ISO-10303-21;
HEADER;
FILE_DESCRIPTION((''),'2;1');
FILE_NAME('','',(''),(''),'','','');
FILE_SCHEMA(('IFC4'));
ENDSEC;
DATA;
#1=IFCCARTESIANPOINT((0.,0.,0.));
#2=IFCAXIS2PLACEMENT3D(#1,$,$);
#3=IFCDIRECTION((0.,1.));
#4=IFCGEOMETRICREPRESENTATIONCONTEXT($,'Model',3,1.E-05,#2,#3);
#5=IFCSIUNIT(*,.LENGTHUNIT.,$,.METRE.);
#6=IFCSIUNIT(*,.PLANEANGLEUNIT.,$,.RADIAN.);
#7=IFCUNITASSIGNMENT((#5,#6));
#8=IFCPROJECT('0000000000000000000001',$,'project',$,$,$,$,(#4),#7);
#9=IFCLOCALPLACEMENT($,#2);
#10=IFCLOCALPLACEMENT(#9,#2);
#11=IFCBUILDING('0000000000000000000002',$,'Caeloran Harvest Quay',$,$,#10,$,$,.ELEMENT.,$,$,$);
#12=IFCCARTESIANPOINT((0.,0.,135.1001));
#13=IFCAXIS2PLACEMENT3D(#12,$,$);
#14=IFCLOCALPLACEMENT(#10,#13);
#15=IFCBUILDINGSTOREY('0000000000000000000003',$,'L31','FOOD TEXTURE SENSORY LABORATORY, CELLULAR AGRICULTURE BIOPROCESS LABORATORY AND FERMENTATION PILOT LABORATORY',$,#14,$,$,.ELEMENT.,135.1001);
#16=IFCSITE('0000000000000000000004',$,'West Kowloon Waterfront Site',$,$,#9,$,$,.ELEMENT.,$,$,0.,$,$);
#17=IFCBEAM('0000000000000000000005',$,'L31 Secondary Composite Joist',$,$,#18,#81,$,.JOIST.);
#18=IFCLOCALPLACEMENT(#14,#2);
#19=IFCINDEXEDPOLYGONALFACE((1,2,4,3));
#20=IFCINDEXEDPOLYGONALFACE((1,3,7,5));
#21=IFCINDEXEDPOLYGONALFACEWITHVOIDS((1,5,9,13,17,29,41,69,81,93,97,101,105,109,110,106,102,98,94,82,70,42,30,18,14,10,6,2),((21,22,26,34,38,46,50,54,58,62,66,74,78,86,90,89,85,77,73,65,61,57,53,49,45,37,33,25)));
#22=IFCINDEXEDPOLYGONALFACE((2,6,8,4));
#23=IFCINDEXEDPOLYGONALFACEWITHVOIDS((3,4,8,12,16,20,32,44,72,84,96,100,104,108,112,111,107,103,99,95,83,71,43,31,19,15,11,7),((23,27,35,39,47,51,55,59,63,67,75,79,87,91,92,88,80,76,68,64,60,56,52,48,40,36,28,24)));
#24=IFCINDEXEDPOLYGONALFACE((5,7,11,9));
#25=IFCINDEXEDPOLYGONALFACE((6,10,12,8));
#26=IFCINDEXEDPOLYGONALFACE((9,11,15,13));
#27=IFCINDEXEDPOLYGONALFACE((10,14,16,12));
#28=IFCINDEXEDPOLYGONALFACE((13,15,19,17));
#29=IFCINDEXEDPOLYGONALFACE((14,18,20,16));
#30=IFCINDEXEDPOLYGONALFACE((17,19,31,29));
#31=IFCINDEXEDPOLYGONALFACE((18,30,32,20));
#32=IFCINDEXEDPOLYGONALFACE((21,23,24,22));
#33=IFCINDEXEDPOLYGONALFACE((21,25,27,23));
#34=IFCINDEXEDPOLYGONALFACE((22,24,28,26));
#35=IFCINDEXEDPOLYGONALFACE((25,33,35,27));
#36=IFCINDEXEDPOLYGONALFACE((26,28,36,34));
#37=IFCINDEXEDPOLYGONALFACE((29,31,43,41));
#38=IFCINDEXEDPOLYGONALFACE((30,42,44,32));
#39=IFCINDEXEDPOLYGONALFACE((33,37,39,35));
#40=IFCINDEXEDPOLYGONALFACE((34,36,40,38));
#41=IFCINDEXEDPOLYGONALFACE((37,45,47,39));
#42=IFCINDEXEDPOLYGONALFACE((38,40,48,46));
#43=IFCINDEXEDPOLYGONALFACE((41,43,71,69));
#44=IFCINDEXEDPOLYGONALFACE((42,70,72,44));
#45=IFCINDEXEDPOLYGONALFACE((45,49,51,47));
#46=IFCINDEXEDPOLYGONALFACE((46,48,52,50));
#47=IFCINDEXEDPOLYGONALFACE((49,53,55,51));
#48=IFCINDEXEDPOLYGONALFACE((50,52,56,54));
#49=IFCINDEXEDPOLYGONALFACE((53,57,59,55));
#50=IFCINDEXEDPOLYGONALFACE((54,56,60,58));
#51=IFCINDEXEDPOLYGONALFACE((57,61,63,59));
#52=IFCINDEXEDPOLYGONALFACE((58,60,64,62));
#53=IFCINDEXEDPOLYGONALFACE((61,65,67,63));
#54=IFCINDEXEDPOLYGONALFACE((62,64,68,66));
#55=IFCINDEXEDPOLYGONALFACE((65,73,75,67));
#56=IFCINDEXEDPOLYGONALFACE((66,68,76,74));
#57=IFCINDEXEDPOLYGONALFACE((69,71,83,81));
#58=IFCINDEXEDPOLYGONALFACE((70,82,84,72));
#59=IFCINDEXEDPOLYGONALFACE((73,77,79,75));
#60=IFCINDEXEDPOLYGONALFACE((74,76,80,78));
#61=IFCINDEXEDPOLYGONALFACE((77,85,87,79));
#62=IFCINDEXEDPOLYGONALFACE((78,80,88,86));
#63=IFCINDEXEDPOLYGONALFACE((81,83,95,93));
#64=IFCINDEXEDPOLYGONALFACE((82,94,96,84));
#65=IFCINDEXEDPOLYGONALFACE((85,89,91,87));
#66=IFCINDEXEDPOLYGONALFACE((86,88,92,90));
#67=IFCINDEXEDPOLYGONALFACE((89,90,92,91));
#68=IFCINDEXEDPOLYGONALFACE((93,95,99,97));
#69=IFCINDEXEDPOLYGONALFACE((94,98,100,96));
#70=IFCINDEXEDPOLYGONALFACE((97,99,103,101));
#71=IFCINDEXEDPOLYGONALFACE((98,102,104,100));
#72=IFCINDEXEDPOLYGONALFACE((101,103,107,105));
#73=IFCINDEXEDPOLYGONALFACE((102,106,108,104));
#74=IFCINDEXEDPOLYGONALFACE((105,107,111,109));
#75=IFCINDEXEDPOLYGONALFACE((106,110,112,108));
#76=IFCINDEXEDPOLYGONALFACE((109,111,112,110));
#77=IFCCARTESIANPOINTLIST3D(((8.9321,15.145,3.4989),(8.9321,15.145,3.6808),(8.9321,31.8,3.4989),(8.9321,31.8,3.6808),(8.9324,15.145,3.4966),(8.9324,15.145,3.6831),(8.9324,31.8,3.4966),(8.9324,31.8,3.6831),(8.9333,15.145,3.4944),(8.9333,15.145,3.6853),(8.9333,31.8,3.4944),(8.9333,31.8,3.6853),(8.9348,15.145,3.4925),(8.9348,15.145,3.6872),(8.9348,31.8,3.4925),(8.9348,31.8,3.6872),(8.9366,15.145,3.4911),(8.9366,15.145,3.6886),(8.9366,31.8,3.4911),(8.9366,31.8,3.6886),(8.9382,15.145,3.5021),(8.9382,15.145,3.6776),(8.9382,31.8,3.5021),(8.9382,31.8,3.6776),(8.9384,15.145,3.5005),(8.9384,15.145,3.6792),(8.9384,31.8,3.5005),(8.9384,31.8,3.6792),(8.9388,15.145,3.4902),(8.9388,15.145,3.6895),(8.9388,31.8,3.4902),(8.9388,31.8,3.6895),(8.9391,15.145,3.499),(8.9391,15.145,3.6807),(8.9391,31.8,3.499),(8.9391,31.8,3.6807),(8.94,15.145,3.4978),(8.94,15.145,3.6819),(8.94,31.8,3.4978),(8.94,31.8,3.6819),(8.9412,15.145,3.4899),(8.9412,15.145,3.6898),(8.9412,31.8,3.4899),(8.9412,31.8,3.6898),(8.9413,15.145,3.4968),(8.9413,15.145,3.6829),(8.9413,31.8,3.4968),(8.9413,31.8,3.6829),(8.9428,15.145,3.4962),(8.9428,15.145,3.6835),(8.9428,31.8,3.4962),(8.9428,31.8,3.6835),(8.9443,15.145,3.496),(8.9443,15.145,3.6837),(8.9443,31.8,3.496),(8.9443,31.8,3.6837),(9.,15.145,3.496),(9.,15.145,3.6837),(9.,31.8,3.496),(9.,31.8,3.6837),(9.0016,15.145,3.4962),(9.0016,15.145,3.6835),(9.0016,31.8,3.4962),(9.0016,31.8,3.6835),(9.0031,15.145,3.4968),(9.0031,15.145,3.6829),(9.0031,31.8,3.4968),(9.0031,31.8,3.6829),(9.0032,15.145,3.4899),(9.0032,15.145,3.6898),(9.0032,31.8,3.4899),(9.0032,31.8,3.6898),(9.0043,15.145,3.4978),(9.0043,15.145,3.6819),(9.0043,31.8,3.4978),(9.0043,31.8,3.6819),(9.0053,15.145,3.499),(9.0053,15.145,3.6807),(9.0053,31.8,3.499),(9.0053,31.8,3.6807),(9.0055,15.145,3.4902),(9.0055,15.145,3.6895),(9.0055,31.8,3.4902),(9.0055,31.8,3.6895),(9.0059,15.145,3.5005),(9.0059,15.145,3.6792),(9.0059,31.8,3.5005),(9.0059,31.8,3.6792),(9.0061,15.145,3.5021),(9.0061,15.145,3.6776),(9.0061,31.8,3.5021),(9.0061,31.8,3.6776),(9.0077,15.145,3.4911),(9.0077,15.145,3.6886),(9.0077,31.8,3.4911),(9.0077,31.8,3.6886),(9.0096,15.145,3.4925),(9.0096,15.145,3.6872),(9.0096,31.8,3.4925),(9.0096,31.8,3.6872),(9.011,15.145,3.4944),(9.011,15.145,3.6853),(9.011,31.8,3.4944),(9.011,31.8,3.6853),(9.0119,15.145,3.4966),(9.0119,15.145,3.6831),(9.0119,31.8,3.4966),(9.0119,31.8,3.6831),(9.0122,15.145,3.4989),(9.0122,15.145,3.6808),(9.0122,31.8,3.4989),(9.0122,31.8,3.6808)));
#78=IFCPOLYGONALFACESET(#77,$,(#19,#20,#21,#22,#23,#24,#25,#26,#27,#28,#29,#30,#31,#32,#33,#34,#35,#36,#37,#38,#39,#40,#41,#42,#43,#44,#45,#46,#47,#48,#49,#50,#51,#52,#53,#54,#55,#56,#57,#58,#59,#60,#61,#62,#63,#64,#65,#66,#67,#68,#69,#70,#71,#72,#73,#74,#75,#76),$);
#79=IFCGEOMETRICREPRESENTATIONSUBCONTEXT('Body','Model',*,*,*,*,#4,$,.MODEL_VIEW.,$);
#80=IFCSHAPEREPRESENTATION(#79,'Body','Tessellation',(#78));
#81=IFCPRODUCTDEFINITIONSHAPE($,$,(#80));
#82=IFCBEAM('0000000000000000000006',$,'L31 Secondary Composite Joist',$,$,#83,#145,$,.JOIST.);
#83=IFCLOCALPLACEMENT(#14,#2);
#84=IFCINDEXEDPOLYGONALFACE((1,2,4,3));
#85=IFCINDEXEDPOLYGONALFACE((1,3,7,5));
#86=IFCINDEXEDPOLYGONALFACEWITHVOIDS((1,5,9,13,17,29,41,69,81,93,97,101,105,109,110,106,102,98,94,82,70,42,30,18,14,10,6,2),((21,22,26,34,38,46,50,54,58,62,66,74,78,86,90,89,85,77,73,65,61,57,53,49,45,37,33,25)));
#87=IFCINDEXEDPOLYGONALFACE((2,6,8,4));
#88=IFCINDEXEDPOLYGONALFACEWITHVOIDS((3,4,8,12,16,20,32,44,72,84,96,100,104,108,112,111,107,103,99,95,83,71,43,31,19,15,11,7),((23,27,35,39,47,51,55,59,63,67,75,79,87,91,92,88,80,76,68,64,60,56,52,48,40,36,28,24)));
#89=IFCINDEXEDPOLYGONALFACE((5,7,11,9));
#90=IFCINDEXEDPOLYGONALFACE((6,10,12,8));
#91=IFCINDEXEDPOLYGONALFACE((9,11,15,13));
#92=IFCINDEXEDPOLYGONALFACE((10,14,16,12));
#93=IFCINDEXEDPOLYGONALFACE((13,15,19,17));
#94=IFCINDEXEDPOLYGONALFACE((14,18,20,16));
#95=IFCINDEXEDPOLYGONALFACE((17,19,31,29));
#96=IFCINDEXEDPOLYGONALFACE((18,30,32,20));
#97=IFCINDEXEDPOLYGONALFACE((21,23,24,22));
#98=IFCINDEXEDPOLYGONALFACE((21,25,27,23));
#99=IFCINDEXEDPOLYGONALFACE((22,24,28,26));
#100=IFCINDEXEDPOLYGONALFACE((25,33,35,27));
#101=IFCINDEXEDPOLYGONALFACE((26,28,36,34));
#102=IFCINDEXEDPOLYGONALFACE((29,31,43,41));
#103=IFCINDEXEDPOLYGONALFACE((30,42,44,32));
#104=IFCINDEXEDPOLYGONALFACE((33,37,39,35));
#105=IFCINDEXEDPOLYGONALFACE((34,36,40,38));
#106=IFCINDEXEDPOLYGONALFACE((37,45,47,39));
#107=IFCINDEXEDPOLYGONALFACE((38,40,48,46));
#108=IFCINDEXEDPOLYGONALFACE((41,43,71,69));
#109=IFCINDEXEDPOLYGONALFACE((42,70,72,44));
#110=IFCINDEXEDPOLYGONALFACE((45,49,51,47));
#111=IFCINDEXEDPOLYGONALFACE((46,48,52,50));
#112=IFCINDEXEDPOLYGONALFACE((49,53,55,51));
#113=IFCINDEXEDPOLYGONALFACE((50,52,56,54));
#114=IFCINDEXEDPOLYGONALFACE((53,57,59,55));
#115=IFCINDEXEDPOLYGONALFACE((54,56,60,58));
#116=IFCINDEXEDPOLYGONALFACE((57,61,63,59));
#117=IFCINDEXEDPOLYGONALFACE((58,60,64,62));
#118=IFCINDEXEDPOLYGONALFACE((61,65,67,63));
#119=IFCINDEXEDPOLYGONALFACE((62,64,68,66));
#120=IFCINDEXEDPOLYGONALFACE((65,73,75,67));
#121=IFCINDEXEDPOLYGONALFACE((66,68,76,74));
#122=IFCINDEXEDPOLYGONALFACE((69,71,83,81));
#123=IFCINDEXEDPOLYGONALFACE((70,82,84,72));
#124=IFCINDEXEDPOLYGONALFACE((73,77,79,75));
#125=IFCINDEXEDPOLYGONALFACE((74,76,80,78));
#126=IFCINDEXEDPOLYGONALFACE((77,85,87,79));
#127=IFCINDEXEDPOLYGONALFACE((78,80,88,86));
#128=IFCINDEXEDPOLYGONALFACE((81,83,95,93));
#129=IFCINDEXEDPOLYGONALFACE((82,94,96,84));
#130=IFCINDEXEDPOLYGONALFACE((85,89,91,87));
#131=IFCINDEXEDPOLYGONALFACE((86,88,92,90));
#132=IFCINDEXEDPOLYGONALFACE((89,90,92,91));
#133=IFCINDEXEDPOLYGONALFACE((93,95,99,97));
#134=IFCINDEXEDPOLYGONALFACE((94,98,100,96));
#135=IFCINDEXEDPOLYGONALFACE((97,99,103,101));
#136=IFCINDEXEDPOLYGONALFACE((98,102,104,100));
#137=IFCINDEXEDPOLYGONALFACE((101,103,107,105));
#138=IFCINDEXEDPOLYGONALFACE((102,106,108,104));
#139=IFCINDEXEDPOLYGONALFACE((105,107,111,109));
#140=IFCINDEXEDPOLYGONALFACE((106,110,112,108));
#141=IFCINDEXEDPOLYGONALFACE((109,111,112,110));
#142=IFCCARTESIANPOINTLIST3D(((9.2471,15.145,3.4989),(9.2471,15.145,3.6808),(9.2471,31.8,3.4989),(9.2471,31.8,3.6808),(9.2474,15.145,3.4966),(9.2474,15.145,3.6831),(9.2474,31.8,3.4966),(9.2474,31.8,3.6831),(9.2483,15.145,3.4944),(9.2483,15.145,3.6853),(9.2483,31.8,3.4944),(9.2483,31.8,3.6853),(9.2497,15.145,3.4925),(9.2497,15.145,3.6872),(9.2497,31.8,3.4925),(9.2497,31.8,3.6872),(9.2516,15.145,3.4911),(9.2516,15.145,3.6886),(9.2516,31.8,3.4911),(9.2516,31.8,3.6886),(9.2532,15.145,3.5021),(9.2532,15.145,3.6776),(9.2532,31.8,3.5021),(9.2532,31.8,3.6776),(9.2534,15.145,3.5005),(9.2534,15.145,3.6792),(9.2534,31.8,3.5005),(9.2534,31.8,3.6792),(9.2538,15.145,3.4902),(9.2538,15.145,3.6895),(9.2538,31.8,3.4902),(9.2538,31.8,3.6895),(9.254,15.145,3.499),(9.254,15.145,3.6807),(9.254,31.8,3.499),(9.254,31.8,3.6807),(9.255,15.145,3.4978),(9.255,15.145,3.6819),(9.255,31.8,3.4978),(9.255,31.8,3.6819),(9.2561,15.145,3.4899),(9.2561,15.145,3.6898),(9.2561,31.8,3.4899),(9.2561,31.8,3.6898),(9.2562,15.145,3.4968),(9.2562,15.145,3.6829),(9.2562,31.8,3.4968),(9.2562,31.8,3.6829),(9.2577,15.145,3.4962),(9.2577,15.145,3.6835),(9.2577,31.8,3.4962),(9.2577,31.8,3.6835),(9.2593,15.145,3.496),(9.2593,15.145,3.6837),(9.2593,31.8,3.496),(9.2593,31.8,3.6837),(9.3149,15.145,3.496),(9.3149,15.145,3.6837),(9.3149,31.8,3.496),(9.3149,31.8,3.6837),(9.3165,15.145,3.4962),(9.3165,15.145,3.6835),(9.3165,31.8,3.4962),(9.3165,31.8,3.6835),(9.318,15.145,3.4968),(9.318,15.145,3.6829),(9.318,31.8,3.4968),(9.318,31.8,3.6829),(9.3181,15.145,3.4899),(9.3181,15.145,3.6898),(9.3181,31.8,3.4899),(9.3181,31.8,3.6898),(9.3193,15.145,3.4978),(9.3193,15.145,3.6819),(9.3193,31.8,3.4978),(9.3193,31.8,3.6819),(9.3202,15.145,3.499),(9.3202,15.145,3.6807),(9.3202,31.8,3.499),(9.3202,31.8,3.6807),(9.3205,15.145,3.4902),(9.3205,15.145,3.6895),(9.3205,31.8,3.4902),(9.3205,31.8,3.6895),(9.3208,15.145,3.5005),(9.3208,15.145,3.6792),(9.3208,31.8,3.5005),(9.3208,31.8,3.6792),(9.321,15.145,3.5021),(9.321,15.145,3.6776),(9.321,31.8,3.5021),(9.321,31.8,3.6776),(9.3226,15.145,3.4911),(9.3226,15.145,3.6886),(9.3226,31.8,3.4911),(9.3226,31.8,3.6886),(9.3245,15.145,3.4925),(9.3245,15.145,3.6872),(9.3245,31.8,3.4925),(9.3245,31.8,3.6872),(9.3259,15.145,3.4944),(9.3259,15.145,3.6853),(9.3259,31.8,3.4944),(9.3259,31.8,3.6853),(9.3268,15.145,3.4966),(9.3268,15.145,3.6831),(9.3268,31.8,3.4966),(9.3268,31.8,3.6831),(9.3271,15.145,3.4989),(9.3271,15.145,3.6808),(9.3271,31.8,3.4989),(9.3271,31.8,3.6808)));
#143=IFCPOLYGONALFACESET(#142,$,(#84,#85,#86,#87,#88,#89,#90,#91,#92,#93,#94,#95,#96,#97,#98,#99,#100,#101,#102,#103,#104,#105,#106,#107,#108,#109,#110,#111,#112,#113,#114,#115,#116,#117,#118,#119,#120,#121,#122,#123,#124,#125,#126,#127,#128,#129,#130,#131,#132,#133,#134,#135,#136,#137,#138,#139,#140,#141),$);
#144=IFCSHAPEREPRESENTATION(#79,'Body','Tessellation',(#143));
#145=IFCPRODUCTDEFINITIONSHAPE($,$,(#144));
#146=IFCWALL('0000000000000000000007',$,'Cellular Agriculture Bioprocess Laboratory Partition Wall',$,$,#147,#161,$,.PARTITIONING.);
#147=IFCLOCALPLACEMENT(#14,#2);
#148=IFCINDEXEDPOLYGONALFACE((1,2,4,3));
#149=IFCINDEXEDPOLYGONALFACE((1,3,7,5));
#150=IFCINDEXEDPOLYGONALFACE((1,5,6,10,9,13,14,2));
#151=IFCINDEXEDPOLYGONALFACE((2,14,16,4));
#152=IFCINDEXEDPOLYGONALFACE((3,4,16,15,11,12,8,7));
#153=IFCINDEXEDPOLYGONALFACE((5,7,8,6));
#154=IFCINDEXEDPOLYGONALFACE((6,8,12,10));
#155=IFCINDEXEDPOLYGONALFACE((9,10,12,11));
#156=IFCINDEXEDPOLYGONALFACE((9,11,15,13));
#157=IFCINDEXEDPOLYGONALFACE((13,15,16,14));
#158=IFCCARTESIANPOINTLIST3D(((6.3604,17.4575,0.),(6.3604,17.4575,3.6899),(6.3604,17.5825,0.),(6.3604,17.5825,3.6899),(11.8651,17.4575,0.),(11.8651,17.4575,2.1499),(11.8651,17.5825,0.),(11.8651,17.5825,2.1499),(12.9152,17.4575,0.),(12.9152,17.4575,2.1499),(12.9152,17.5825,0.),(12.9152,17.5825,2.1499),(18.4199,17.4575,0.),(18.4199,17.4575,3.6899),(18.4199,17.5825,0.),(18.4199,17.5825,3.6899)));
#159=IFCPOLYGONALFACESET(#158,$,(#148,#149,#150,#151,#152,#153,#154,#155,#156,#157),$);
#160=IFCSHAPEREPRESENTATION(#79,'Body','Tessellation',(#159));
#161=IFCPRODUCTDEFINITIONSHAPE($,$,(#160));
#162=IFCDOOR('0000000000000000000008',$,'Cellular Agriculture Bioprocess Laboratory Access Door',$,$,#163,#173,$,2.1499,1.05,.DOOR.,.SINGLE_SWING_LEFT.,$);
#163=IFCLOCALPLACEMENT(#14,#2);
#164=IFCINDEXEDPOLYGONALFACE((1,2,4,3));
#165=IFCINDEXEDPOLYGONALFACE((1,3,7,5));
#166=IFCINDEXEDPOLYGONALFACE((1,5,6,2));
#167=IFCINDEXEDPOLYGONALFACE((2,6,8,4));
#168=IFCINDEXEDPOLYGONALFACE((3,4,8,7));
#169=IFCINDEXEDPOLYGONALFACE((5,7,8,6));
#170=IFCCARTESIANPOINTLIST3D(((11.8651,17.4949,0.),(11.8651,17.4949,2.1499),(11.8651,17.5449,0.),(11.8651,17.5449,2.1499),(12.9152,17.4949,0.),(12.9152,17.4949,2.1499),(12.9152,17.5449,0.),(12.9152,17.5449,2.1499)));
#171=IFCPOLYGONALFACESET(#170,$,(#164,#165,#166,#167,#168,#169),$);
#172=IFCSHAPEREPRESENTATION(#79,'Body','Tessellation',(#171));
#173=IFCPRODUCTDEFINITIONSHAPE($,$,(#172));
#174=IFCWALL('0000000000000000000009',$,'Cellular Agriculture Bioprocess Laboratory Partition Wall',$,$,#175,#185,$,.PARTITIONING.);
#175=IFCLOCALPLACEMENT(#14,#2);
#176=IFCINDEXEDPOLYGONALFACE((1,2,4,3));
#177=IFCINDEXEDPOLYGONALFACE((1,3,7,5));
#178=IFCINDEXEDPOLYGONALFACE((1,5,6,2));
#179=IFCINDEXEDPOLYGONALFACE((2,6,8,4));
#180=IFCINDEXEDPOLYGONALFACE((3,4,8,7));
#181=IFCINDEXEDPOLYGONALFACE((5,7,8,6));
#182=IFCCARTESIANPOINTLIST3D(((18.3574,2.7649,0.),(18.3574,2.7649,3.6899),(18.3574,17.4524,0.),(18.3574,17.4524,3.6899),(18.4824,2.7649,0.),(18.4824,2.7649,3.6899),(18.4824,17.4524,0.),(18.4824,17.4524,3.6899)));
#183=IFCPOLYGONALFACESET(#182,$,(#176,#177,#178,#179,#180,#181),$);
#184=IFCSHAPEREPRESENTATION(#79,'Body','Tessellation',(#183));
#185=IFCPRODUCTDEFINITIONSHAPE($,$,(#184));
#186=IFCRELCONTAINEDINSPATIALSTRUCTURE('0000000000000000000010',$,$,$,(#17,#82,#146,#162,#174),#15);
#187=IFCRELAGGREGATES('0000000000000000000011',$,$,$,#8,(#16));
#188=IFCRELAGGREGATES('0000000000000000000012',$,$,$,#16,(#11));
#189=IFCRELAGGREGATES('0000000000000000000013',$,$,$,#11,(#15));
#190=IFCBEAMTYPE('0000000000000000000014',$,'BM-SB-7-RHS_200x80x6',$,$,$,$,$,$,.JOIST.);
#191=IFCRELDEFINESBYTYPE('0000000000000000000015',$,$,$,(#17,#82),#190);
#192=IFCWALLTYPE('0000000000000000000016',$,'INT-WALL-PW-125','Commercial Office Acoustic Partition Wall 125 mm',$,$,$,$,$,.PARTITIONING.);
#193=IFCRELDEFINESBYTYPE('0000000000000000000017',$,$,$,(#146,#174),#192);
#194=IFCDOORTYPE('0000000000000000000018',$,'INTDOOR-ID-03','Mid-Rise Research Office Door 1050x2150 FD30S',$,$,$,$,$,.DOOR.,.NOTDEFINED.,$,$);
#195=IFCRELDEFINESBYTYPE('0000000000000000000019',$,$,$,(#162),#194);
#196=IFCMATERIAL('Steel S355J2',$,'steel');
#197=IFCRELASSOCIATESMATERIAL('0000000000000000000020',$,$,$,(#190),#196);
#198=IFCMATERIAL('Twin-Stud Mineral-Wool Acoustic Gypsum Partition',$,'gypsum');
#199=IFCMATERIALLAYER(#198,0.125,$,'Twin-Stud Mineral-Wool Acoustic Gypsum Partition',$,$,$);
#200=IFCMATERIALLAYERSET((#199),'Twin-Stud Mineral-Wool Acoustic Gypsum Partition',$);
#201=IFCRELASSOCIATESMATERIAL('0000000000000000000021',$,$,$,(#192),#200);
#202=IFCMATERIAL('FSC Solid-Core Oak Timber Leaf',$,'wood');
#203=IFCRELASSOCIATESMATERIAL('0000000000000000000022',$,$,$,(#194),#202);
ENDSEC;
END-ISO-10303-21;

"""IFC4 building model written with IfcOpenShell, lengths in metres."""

from ifc_helpers import new_model, si_unit, direction, frame, frame_2d, origin, origin_2d, place, context, subcontext, project, spatial, rectangle, hollow_rectangle, extrude, material, layer, layer_set, material_profile, profile_set, type_object, element, fill, save


model = new_model("IFC4")

# Units and contexts
model_context = context("Model", 3, precision=1e-05, world=origin(), true_north=direction((0.0, 1.0)))
body_context = subcontext(model_context, "Body", "Model", "MODEL_VIEW")
ifc_project = project(units=[si_unit("LENGTHUNIT", "METRE"), si_unit("PLANEANGLEUNIT", "RADIAN")], contexts=[model_context])

# Site, building, storey
site_placement = place(None, origin())
site = spatial("IfcSite", under=ifc_project, at=site_placement, Name="West Kowloon Waterfront Site", CompositionType="ELEMENT", RefElevation=0.0)
building_placement = place(site_placement, origin())
building = spatial("IfcBuilding", under=site, at=building_placement, Name="Caeloran Harvest Quay", CompositionType="ELEMENT")
storey_placement = place(building_placement, frame((0.0, 0.0, 135.1001)))
storey = spatial("IfcBuildingStorey", under=building, at=storey_placement, Name="L31", Description="FOOD TEXTURE SENSORY LABORATORY, CELLULAR AGRICULTURE BIOPROCESS LABORATORY AND FERMENTATION PILOT LABORATORY", CompositionType="ELEMENT", Elevation=135.1001)

# Beams
ifc_material_1 = material(Name="Steel S355J2", Category="steel")
ifc_material_profile_1 = material_profile(ifc_material_1, hollow_rectangle(XDim=0.0801, YDim=0.2, WallThickness=0.0061, InnerFilletRadius=0.0061, OuterFilletRadius=0.009, at=origin_2d()), Name="RHS 200x80x6")
ifc_profile_set_1 = profile_set([ifc_material_profile_1], Name="Steel S355J2")
beam_type_1 = type_object("IfcBeamType", Name="BM-SB-7-RHS_200x80x6", PredefinedType="JOIST", material=ifc_profile_set_1)
for number, where, z_axis, x_axis, name in (
    (1, (8.9722, 15.145, 3.5898), (0.0, 1.0, 0.0), (-1.0, 0.0, 0.0), "L31 Secondary Composite Joist"),
    (2, (9.2871, 15.145, 3.5898), (0.0, 1.0, 0.0), (-1.0, 0.0, 0.0), "L31 Secondary Composite Joist"),
):
    element("IfcBeam", number, at=place(storey_placement, frame(where, z_axis=z_axis, x_axis=x_axis)), inside=storey, type_object=beam_type_1, Name=name, PredefinedType="JOIST", context=body_context, shape_type="SweptSolid", body=[
        extrude(hollow_rectangle(XDim=0.0801, YDim=0.2, WallThickness=0.0061, InnerFilletRadius=0.0061, OuterFilletRadius=0.009, at=origin_2d()), origin(), (0.0, 0.0, 1.0), 16.655),
    ])

# Wall, opening, door
ifc_material_2 = material(Name="Twin-Stud Mineral-Wool Acoustic Gypsum Partition", Category="gypsum")
ifc_layer_1 = layer(ifc_material_2, 0.125, Name="Twin-Stud Mineral-Wool Acoustic Gypsum Partition")
ifc_layer_set_1 = layer_set([ifc_layer_1], Name="Twin-Stud Mineral-Wool Acoustic Gypsum Partition")
wall_type = type_object("IfcWallType", Name="INT-WALL-PW-125", Description="Commercial Office Acoustic Partition Wall 125 mm", PredefinedType="PARTITIONING", material=ifc_layer_set_1)
wall_1_placement = place(storey_placement, frame((6.3604, 17.52, 0.0), z_axis=(0.0, 0.0, 1.0), x_axis=(1.0, 0.0, 0.0)))
wall_1 = element("IfcWall", 3, at=wall_1_placement, inside=storey, type_object=wall_type, Name="Cellular Agriculture Bioprocess Laboratory Partition Wall", PredefinedType="PARTITIONING", context=body_context, shape_type="SweptSolid", body=[
    extrude(rectangle(XDim=12.0596, YDim=0.125, at=frame_2d((6.0298, 0.0))), origin(), (0.0, 0.0, 1.0), 3.6899),
])
opening_1_placement = place(wall_1_placement, frame((5.5049, 0.0, 0.0)))
opening_1 = element("IfcOpeningElement", 4, at=opening_1_placement, cuts=wall_1, PredefinedType="OPENING", context=body_context, shape_type="SweptSolid", body=[
    extrude(rectangle(XDim=1.05, YDim=2.1499, at=frame_2d((0.5249, 1.075))), frame((0.0, 0.0725, 0.0), z_axis=(0.0, -1.0, 0.0), x_axis=(1.0, 0.0, 0.0)), (0.0, 0.0, 1.0), 0.145),
])
ifc_material_3 = material(Name="FSC Solid-Core Oak Timber Leaf", Category="wood")
door_type = type_object("IfcDoorType", Name="INTDOOR-ID-03", Description="Mid-Rise Research Office Door 1050x2150 FD30S", OperationType="NOTDEFINED", PredefinedType="DOOR", material=ifc_material_3)
door_1_placement = place(opening_1_placement, origin())
door_1 = element("IfcDoor", 5, at=door_1_placement, inside=storey, type_object=door_type, Name="Cellular Agriculture Bioprocess Laboratory Access Door", OperationType="SINGLE_SWING_LEFT", OverallHeight=2.1499, OverallWidth=1.05, PredefinedType="DOOR", context=body_context, shape_type="SweptSolid", body=[
    extrude(rectangle(XDim=1.05, YDim=2.1499, at=frame_2d((0.5249, 1.075))), frame((0.0, 0.0249, 0.0), z_axis=(0.0, -1.0, 0.0), x_axis=(1.0, 0.0, 0.0)), (0.0, 0.0, 1.0), 0.05),
])
fill(opening_1, door_1)

# Wall
wall_2_placement = place(storey_placement, frame((18.4199, 17.4524, 0.0), z_axis=(0.0, 0.0, 1.0), x_axis=(0.0, -1.0, 0.0)))
element("IfcWall", 6, at=wall_2_placement, inside=storey, type_object=wall_type, Name="Cellular Agriculture Bioprocess Laboratory Partition Wall", PredefinedType="PARTITIONING", context=body_context, shape_type="SweptSolid", body=[
    extrude(rectangle(XDim=14.6875, YDim=0.125, at=frame_2d((7.3438, 0.0))), origin(), (0.0, 0.0, 1.0), 3.6899),
])

save(model, "model.ifc")
